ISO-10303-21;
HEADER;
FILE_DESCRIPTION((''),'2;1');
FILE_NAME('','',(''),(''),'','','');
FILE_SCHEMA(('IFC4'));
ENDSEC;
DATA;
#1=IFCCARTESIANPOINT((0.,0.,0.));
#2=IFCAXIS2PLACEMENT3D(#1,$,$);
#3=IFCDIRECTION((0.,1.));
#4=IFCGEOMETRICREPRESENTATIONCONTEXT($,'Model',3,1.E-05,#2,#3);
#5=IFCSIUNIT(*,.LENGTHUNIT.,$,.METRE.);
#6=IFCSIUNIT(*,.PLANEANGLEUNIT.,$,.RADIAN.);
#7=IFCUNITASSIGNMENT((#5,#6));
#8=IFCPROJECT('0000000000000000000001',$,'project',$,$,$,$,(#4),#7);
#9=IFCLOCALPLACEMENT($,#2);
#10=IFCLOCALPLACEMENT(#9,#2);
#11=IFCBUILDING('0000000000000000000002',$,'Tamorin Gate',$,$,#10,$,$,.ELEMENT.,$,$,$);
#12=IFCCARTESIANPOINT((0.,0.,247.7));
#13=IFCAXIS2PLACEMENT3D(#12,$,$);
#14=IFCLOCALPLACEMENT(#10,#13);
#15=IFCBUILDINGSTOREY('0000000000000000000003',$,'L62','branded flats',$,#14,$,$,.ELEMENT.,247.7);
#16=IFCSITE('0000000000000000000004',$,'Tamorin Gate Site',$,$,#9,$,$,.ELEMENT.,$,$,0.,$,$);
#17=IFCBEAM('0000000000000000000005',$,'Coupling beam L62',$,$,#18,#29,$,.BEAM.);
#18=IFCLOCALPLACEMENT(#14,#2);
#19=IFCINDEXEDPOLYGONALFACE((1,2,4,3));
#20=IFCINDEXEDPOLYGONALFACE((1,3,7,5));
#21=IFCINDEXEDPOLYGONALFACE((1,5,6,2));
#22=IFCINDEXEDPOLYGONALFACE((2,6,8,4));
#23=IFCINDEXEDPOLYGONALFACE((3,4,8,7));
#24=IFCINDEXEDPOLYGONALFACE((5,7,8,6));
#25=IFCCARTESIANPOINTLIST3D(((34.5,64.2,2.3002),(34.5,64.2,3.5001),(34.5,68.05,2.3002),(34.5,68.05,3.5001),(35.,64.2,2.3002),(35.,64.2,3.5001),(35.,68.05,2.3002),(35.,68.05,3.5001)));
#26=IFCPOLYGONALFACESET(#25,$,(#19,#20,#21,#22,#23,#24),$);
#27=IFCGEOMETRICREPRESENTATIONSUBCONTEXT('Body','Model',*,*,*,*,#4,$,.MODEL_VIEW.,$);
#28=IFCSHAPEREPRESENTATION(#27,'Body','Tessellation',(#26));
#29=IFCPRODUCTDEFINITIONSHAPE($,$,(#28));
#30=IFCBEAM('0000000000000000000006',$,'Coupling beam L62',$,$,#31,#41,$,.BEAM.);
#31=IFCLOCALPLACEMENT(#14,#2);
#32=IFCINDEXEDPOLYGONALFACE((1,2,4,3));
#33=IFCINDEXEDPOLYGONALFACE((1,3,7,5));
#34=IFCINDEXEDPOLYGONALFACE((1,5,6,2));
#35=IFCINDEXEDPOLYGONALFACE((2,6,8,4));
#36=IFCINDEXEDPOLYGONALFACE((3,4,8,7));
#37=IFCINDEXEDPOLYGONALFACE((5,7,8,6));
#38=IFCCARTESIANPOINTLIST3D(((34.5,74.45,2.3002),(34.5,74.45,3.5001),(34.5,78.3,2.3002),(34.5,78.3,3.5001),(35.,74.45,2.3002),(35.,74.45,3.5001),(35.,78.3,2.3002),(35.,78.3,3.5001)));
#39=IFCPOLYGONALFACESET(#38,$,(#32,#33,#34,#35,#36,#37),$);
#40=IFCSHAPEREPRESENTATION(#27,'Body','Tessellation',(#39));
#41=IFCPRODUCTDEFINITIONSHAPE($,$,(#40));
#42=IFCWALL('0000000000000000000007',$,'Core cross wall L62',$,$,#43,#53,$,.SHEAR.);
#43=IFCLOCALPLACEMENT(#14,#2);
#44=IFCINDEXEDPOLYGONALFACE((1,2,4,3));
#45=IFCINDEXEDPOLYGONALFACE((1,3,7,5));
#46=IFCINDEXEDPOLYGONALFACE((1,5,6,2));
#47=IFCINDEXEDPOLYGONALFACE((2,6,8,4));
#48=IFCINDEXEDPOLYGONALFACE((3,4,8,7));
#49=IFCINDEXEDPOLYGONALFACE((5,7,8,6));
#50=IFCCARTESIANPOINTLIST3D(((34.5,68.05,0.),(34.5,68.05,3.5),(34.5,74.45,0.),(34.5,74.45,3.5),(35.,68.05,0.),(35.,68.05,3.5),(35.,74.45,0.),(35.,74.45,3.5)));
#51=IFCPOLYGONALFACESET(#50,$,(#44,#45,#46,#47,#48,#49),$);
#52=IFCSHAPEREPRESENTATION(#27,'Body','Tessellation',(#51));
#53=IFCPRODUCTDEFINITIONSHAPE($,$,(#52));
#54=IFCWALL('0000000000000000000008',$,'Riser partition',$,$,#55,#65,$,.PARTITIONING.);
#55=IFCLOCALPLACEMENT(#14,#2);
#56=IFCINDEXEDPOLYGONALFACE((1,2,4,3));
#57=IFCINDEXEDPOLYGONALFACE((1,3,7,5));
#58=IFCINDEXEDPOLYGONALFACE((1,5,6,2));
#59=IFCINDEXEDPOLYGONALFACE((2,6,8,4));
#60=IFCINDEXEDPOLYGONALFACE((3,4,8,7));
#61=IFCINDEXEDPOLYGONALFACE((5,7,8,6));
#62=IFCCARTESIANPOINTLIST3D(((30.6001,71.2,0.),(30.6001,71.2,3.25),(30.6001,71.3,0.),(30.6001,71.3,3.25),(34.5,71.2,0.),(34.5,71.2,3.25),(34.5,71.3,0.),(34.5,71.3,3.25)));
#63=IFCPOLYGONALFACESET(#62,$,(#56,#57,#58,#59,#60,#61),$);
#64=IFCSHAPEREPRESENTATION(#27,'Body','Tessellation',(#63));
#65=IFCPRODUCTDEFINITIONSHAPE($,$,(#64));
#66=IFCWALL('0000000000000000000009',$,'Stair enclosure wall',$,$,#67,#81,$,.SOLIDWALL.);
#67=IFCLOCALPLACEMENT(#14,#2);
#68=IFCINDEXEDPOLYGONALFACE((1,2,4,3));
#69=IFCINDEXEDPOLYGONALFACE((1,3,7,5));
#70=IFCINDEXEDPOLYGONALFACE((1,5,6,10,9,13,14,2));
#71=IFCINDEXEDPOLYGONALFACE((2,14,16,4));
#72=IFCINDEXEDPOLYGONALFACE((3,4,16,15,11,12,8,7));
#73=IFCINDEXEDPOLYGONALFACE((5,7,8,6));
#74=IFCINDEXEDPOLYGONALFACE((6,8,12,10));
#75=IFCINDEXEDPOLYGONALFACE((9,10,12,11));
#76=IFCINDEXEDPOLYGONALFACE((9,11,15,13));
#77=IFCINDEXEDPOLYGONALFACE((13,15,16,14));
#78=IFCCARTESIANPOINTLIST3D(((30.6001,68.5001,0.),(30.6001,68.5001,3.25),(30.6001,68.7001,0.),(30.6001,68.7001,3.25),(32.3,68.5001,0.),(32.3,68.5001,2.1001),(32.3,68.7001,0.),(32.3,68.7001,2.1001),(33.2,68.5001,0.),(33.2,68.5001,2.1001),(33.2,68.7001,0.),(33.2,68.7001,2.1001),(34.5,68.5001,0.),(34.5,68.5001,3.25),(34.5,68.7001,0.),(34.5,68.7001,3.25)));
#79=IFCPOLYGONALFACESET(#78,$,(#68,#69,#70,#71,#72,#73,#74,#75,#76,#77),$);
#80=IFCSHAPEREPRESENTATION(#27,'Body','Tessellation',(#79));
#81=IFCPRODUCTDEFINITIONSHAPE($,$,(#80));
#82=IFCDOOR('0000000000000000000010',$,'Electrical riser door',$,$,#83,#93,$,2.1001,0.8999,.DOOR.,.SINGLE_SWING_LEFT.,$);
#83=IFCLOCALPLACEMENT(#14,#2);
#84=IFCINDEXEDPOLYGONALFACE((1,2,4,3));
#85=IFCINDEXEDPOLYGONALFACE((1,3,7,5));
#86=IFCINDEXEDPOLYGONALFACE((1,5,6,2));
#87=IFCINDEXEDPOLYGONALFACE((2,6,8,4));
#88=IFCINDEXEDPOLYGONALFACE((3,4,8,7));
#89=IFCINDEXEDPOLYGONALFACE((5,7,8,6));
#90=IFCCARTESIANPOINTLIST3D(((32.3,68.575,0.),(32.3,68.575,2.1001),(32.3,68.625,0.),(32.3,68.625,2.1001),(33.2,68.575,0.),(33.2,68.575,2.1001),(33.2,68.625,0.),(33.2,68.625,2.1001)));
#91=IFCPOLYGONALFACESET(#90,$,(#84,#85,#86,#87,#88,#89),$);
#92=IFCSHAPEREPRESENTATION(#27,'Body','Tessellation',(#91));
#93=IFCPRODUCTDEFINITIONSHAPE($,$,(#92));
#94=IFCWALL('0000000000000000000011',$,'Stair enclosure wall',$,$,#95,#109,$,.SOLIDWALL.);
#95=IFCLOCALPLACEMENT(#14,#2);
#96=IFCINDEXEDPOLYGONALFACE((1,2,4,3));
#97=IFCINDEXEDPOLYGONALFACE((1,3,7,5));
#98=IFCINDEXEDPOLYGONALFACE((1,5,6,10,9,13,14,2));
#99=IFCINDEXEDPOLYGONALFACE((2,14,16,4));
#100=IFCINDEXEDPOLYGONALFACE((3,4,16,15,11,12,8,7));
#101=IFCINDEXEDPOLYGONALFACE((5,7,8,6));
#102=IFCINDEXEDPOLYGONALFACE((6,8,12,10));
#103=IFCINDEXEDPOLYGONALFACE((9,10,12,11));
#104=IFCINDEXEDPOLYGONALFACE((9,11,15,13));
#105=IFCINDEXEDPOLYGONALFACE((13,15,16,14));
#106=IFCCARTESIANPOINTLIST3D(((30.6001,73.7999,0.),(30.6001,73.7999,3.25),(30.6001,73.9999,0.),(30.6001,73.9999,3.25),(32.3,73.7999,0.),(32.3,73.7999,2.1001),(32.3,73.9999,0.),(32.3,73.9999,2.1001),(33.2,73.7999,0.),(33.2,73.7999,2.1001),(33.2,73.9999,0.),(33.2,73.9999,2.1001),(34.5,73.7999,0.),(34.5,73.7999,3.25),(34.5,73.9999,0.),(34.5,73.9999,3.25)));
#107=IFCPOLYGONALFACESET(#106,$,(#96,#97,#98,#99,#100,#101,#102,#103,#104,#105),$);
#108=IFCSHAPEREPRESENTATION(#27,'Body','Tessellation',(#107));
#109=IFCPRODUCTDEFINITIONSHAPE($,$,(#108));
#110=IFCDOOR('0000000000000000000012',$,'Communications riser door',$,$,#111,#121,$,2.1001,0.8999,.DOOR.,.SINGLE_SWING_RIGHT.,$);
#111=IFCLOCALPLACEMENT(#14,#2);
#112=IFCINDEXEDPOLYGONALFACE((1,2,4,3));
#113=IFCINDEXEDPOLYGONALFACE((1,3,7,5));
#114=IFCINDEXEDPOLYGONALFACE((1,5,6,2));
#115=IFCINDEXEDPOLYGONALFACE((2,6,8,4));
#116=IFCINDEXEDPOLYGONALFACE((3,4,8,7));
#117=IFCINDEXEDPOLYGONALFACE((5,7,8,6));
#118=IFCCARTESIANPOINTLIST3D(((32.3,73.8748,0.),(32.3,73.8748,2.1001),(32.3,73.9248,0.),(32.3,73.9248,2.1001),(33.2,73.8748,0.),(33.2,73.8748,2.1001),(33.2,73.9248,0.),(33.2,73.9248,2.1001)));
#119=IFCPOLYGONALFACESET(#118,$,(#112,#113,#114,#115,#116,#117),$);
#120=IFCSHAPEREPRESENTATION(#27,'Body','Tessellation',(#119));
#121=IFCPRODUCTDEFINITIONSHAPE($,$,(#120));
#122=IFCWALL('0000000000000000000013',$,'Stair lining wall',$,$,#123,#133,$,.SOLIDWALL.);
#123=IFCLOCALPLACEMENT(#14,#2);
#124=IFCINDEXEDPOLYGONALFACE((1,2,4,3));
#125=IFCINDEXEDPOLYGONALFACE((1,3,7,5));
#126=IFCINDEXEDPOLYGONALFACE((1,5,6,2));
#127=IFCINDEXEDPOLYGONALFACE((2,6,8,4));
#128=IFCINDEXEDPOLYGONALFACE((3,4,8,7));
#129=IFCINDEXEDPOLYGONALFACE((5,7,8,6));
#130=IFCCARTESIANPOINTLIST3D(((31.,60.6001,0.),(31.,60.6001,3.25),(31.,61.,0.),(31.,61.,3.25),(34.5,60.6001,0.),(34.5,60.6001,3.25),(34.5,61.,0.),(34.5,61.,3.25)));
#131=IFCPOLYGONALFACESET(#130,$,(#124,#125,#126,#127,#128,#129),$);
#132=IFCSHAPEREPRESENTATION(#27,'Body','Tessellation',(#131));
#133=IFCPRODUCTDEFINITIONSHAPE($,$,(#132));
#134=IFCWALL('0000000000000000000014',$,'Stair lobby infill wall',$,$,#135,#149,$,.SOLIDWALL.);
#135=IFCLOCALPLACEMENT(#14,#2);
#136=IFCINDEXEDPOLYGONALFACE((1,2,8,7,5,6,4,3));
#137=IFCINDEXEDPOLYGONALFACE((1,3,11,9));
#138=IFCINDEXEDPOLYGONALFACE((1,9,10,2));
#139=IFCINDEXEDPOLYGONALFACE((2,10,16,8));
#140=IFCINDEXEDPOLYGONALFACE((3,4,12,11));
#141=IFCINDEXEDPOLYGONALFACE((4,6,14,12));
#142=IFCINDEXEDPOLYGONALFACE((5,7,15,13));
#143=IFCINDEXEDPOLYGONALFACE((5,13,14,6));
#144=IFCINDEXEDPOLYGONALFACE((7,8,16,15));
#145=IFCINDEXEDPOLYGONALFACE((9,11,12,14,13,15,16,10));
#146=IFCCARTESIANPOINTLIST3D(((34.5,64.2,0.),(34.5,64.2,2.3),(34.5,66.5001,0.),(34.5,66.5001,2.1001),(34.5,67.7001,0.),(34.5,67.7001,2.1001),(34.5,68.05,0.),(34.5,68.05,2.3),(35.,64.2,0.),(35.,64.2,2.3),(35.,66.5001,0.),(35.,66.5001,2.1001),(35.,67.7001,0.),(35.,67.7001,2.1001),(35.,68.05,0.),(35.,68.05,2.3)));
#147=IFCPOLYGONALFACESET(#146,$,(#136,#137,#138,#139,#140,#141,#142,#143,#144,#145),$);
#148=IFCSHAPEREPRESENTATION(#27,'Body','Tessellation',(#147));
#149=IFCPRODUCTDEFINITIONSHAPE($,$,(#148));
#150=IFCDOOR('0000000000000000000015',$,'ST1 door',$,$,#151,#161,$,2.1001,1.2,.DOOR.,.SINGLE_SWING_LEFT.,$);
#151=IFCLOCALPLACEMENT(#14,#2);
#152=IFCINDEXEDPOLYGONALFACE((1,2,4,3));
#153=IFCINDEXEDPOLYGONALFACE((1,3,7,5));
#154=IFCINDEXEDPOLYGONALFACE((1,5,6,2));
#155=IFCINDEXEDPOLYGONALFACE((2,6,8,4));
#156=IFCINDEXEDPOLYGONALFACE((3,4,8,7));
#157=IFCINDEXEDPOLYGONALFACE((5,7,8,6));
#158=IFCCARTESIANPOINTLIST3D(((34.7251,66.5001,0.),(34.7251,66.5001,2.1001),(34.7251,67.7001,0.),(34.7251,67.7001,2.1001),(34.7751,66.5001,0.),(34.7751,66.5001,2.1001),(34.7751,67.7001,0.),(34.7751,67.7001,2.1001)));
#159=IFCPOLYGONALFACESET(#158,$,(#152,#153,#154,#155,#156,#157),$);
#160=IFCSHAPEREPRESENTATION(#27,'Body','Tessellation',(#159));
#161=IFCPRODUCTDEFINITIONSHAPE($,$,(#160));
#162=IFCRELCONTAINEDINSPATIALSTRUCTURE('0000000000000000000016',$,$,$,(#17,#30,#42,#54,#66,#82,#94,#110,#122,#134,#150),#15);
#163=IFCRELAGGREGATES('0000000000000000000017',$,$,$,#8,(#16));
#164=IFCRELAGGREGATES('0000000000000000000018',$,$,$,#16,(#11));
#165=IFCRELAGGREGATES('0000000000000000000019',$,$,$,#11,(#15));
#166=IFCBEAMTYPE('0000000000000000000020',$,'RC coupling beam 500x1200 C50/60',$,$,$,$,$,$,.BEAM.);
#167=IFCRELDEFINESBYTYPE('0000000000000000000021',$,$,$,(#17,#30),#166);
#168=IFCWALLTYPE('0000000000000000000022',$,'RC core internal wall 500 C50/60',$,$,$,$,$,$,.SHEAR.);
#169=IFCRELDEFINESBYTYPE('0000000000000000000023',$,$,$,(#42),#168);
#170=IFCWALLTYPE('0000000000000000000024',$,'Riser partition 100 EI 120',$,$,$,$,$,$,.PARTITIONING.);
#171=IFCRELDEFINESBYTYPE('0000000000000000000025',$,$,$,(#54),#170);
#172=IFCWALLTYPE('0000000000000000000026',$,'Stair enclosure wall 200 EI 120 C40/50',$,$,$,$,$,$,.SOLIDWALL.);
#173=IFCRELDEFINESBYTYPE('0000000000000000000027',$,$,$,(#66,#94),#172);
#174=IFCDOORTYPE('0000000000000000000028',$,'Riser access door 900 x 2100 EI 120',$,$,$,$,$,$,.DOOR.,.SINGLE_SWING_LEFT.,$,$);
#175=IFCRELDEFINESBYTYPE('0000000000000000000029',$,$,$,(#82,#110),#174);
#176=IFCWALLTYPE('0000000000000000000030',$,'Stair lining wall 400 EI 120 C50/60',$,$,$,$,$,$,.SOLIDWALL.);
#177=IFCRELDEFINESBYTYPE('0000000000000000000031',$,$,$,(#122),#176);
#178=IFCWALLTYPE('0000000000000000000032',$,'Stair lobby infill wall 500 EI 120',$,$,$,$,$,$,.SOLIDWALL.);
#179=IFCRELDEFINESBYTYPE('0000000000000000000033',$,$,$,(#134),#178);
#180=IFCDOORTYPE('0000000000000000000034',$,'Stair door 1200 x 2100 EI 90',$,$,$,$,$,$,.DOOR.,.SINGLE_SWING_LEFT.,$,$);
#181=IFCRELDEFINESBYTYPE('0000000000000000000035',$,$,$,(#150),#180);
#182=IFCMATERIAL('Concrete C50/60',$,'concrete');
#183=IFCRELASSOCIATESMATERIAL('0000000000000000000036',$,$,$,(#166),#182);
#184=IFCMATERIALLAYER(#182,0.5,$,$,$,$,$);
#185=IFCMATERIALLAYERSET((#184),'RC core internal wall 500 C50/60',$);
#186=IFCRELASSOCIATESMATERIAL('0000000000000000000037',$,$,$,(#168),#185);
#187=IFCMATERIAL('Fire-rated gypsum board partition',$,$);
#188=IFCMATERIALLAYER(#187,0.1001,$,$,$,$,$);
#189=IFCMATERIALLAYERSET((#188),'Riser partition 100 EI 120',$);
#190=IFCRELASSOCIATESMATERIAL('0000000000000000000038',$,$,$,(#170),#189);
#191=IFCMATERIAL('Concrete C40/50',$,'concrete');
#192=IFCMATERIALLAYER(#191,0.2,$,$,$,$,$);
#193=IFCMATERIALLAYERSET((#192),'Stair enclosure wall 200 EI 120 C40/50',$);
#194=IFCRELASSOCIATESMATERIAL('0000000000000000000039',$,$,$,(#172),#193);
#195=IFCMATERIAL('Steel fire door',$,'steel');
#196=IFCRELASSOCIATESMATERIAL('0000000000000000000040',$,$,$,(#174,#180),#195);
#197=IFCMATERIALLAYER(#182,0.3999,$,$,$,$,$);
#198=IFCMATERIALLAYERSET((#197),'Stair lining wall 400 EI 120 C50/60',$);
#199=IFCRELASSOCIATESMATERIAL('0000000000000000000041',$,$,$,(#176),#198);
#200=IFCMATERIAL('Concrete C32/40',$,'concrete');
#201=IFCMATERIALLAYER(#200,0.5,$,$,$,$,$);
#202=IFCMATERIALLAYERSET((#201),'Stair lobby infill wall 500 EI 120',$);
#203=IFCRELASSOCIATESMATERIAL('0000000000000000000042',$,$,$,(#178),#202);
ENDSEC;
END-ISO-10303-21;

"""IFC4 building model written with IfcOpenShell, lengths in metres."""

from ifc_helpers import new_model, si_unit, direction, frame, frame_2d, origin, origin_2d, place, context, subcontext, project, spatial, rectangle, extrude, material, layer, layer_set, material_profile, profile_set, type_object, element, fill, save


model = new_model("IFC4")

# Units and contexts
model_context = context("Model", 3, precision=1e-05, world=origin(), true_north=direction((0.0, 1.0)))
body_context = subcontext(model_context, "Body", "Model", "MODEL_VIEW")
ifc_project = project(units=[si_unit("LENGTHUNIT", "METRE"), si_unit("PLANEANGLEUNIT", "RADIAN")], contexts=[model_context])

# Site, building, storey
site_placement = place(None, origin())
site = spatial("IfcSite", under=ifc_project, at=site_placement, Name="Tamorin Gate Site", CompositionType="ELEMENT", RefElevation=0.0)
building_placement = place(site_placement, origin())
building = spatial("IfcBuilding", under=site, at=building_placement, Name="Tamorin Gate", CompositionType="ELEMENT")
storey_placement = place(building_placement, frame((0.0, 0.0, 247.7)))
storey = spatial("IfcBuildingStorey", under=building, at=storey_placement, Name="L62", Description="branded flats", CompositionType="ELEMENT", Elevation=247.7)

# Beams
ifc_material_1 = material(Name="Concrete C50/60", Category="concrete")
ifc_material_profile = material_profile(ifc_material_1, rectangle(XDim=0.5, YDim=1.2, at=origin_2d()), Name="RC 500x1200")
ifc_profile_set = profile_set([ifc_material_profile], Name="Concrete C50/60")
beam_type = type_object("IfcBeamType", Name="RC coupling beam 500x1200 C50/60", PredefinedType="BEAM", material=ifc_profile_set)
for number, where, z_axis, x_axis, name in (
    (1, (34.75, 64.2, 2.9001), (0.0, 1.0, 0.0), (-1.0, 0.0, 0.0), "Coupling beam L62"),
    (2, (34.75, 74.45, 2.9001), (0.0, 1.0, 0.0), (-1.0, 0.0, 0.0), "Coupling beam L62"),
):
    element("IfcBeam", number, at=place(storey_placement, frame(where, z_axis=z_axis, x_axis=x_axis)), inside=storey, type_object=beam_type, Name=name, PredefinedType="BEAM", context=body_context, shape_type="SweptSolid", body=[
        extrude(rectangle(XDim=0.5, YDim=1.2, at=origin_2d()), origin(), (0.0, 0.0, 1.0), 3.8501),
    ])

# Walls
ifc_layer_1 = layer(ifc_material_1, 0.5)
ifc_layer_set_1 = layer_set([ifc_layer_1], Name="RC core internal wall 500 C50/60")
wall_type_1 = type_object("IfcWallType", Name="RC core internal wall 500 C50/60", PredefinedType="SHEAR", material=ifc_layer_set_1)
wall_1_placement = place(storey_placement, frame((34.75, 68.05, 0.0), z_axis=(0.0, 0.0, 1.0), x_axis=(0.0, 1.0, 0.0)))
element("IfcWall", 3, at=wall_1_placement, inside=storey, type_object=wall_type_1, Name="Core cross wall L62", PredefinedType="SHEAR", context=body_context, shape_type="SweptSolid", body=[
    extrude(rectangle(XDim=6.3999, YDim=0.5, at=frame_2d((3.2, 0.0))), origin(), (0.0, 0.0, 1.0), 3.5),
])
ifc_material_2 = material(Name="Fire-rated gypsum board partition")
ifc_layer_2 = layer(ifc_material_2, 0.1001)
ifc_layer_set_2 = layer_set([ifc_layer_2], Name="Riser partition 100 EI 120")
wall_type_2 = type_object("IfcWallType", Name="Riser partition 100 EI 120", PredefinedType="PARTITIONING", material=ifc_layer_set_2)
wall_2_placement = place(storey_placement, frame((30.6001, 71.25, 0.0), z_axis=(0.0, 0.0, 1.0), x_axis=(1.0, 0.0, 0.0)))
element("IfcWall", 4, at=wall_2_placement, inside=storey, type_object=wall_type_2, Name="Riser partition", PredefinedType="PARTITIONING", context=body_context, shape_type="SweptSolid", body=[
    extrude(rectangle(XDim=3.8999, YDim=0.1001, at=frame_2d((1.95, 0.0))), origin(), (0.0, 0.0, 1.0), 3.25),
])

# Walls, openings, doors
ifc_material_3 = material(Name="Concrete C40/50", Category="concrete")
ifc_layer_3 = layer(ifc_material_3, 0.2)
ifc_layer_set_3 = layer_set([ifc_layer_3], Name="Stair enclosure wall 200 EI 120 C40/50")
wall_type_3 = type_object("IfcWallType", Name="Stair enclosure wall 200 EI 120 C40/50", PredefinedType="SOLIDWALL", material=ifc_layer_set_3)
wall_3_placement = place(storey_placement, frame((30.6001, 68.6001, 0.0), z_axis=(0.0, 0.0, 1.0), x_axis=(1.0, 0.0, 0.0)))
wall_3 = element("IfcWall", 5, at=wall_3_placement, inside=storey, type_object=wall_type_3, Name="Stair enclosure wall", PredefinedType="SOLIDWALL", context=body_context, shape_type="SweptSolid", body=[
    extrude(rectangle(XDim=3.8999, YDim=0.2, at=frame_2d((1.95, 0.0))), origin(), (0.0, 0.0, 1.0), 3.25),
])
opening_1_placement = place(wall_3_placement, frame((1.7, 0.0, 0.0)))
opening_1 = element("IfcOpeningElement", 6, at=opening_1_placement, cuts=wall_3, PredefinedType="OPENING", context=body_context, shape_type="SweptSolid", body=[
    extrude(rectangle(XDim=0.8999, YDim=2.1001, at=frame_2d((0.45, 1.05))), frame((0.0, 0.1099, 0.0), z_axis=(0.0, -1.0, 0.0), x_axis=(1.0, 0.0, 0.0)), (0.0, 0.0, 1.0), 0.22),
])
ifc_material_4 = material(Name="Steel fire door", Category="steel")
door_type_1 = type_object("IfcDoorType", Name="Riser access door 900 x 2100 EI 120", OperationType="SINGLE_SWING_LEFT", PredefinedType="DOOR", material=ifc_material_4)
door_1_placement = place(opening_1_placement, origin())
door_1 = element("IfcDoor", 7, at=door_1_placement, inside=storey, type_object=door_type_1, Name="Electrical riser door", OperationType="SINGLE_SWING_LEFT", OverallHeight=2.1001, OverallWidth=0.8999, PredefinedType="DOOR", context=body_context, shape_type="SweptSolid", body=[
    extrude(rectangle(XDim=0.8999, YDim=2.1001, at=frame_2d((0.45, 1.05))), frame((0.0, 0.0249, 0.0), z_axis=(0.0, -1.0, 0.0), x_axis=(1.0, 0.0, 0.0)), (0.0, 0.0, 1.0), 0.05),
])
fill(opening_1, door_1)
wall_4_placement = place(storey_placement, frame((30.6001, 73.8999, 0.0), z_axis=(0.0, 0.0, 1.0), x_axis=(1.0, 0.0, 0.0)))
wall_4 = element("IfcWall", 8, at=wall_4_placement, inside=storey, type_object=wall_type_3, Name="Stair enclosure wall", PredefinedType="SOLIDWALL", context=body_context, shape_type="SweptSolid", body=[
    extrude(rectangle(XDim=3.8999, YDim=0.2, at=frame_2d((1.95, 0.0))), origin(), (0.0, 0.0, 1.0), 3.25),
])
opening_2_placement = place(wall_4_placement, frame((1.7, 0.0, 0.0)))
opening_2 = element("IfcOpeningElement", 9, at=opening_2_placement, cuts=wall_4, PredefinedType="OPENING", context=body_context, shape_type="SweptSolid", body=[
    extrude(rectangle(XDim=0.8999, YDim=2.1001, at=frame_2d((0.45, 1.05))), frame((0.0, 0.1099, 0.0), z_axis=(0.0, -1.0, 0.0), x_axis=(1.0, 0.0, 0.0)), (0.0, 0.0, 1.0), 0.22),
])
door_2_placement = place(opening_2_placement, origin())
door_2 = element("IfcDoor", 10, at=door_2_placement, inside=storey, type_object=door_type_1, Name="Communications riser door", OperationType="SINGLE_SWING_RIGHT", OverallHeight=2.1001, OverallWidth=0.8999, PredefinedType="DOOR", context=body_context, shape_type="SweptSolid", body=[
    extrude(rectangle(XDim=0.8999, YDim=2.1001, at=frame_2d((0.45, 1.05))), frame((0.0, 0.0249, 0.0), z_axis=(0.0, -1.0, 0.0), x_axis=(1.0, 0.0, 0.0)), (0.0, 0.0, 1.0), 0.05),
])
fill(opening_2, door_2)

# Wall
ifc_layer_4 = layer(ifc_material_1, 0.3999)
ifc_layer_set_4 = layer_set([ifc_layer_4], Name="Stair lining wall 400 EI 120 C50/60")
wall_type_4 = type_object("IfcWallType", Name="Stair lining wall 400 EI 120 C50/60", PredefinedType="SOLIDWALL", material=ifc_layer_set_4)
wall_5_placement = place(storey_placement, frame((31.0, 60.8, 0.0), z_axis=(0.0, 0.0, 1.0), x_axis=(1.0, 0.0, 0.0)))
element("IfcWall", 11, at=wall_5_placement, inside=storey, type_object=wall_type_4, Name="Stair lining wall", PredefinedType="SOLIDWALL", context=body_context, shape_type="SweptSolid", body=[
    extrude(rectangle(XDim=3.5, YDim=0.3999, at=frame_2d((1.75, 0.0))), origin(), (0.0, 0.0, 1.0), 3.25),
])

# Wall, opening, door
ifc_material_5 = material(Name="Concrete C32/40", Category="concrete")
ifc_layer_5 = layer(ifc_material_5, 0.5)
ifc_layer_set_5 = layer_set([ifc_layer_5], Name="Stair lobby infill wall 500 EI 120")
wall_type_5 = type_object("IfcWallType", Name="Stair lobby infill wall 500 EI 120", PredefinedType="SOLIDWALL", material=ifc_layer_set_5)
wall_6_placement = place(storey_placement, frame((34.75, 64.2, 0.0), z_axis=(0.0, 0.0, 1.0), x_axis=(0.0, 1.0, 0.0)))
wall_6 = element("IfcWall", 12, at=wall_6_placement, inside=storey, type_object=wall_type_5, Name="Stair lobby infill wall", PredefinedType="SOLIDWALL", context=body_context, shape_type="SweptSolid", body=[
    extrude(rectangle(XDim=3.8501, YDim=0.5, at=frame_2d((1.925, 0.0))), origin(), (0.0, 0.0, 1.0), 2.3),
])
opening_3_placement = place(wall_6_placement, frame((2.3, 0.0, 0.0)))
opening_3 = element("IfcOpeningElement", 13, at=opening_3_placement, cuts=wall_6, PredefinedType="OPENING", context=body_context, shape_type="SweptSolid", body=[
    extrude(rectangle(XDim=1.2, YDim=2.1001, at=frame_2d((0.6001, 1.05))), frame((0.0, 0.26, 0.0), z_axis=(0.0, -1.0, 0.0), x_axis=(1.0, 0.0, 0.0)), (0.0, 0.0, 1.0), 0.52),
])
door_type_2 = type_object("IfcDoorType", Name="Stair door 1200 x 2100 EI 90", OperationType="SINGLE_SWING_LEFT", PredefinedType="DOOR", material=ifc_material_4)
door_3_placement = place(opening_3_placement, origin())
door_3 = element("IfcDoor", 14, at=door_3_placement, inside=storey, type_object=door_type_2, Name="ST1 door", OperationType="SINGLE_SWING_LEFT", OverallHeight=2.1001, OverallWidth=1.2, PredefinedType="DOOR", context=body_context, shape_type="SweptSolid", body=[
    extrude(rectangle(XDim=1.2, YDim=2.1001, at=frame_2d((0.6001, 1.05))), frame((0.0, 0.0249, 0.0), z_axis=(0.0, -1.0, 0.0), x_axis=(1.0, 0.0, 0.0)), (0.0, 0.0, 1.0), 0.05),
])
fill(opening_3, door_3)

save(model, "model.ifc")
